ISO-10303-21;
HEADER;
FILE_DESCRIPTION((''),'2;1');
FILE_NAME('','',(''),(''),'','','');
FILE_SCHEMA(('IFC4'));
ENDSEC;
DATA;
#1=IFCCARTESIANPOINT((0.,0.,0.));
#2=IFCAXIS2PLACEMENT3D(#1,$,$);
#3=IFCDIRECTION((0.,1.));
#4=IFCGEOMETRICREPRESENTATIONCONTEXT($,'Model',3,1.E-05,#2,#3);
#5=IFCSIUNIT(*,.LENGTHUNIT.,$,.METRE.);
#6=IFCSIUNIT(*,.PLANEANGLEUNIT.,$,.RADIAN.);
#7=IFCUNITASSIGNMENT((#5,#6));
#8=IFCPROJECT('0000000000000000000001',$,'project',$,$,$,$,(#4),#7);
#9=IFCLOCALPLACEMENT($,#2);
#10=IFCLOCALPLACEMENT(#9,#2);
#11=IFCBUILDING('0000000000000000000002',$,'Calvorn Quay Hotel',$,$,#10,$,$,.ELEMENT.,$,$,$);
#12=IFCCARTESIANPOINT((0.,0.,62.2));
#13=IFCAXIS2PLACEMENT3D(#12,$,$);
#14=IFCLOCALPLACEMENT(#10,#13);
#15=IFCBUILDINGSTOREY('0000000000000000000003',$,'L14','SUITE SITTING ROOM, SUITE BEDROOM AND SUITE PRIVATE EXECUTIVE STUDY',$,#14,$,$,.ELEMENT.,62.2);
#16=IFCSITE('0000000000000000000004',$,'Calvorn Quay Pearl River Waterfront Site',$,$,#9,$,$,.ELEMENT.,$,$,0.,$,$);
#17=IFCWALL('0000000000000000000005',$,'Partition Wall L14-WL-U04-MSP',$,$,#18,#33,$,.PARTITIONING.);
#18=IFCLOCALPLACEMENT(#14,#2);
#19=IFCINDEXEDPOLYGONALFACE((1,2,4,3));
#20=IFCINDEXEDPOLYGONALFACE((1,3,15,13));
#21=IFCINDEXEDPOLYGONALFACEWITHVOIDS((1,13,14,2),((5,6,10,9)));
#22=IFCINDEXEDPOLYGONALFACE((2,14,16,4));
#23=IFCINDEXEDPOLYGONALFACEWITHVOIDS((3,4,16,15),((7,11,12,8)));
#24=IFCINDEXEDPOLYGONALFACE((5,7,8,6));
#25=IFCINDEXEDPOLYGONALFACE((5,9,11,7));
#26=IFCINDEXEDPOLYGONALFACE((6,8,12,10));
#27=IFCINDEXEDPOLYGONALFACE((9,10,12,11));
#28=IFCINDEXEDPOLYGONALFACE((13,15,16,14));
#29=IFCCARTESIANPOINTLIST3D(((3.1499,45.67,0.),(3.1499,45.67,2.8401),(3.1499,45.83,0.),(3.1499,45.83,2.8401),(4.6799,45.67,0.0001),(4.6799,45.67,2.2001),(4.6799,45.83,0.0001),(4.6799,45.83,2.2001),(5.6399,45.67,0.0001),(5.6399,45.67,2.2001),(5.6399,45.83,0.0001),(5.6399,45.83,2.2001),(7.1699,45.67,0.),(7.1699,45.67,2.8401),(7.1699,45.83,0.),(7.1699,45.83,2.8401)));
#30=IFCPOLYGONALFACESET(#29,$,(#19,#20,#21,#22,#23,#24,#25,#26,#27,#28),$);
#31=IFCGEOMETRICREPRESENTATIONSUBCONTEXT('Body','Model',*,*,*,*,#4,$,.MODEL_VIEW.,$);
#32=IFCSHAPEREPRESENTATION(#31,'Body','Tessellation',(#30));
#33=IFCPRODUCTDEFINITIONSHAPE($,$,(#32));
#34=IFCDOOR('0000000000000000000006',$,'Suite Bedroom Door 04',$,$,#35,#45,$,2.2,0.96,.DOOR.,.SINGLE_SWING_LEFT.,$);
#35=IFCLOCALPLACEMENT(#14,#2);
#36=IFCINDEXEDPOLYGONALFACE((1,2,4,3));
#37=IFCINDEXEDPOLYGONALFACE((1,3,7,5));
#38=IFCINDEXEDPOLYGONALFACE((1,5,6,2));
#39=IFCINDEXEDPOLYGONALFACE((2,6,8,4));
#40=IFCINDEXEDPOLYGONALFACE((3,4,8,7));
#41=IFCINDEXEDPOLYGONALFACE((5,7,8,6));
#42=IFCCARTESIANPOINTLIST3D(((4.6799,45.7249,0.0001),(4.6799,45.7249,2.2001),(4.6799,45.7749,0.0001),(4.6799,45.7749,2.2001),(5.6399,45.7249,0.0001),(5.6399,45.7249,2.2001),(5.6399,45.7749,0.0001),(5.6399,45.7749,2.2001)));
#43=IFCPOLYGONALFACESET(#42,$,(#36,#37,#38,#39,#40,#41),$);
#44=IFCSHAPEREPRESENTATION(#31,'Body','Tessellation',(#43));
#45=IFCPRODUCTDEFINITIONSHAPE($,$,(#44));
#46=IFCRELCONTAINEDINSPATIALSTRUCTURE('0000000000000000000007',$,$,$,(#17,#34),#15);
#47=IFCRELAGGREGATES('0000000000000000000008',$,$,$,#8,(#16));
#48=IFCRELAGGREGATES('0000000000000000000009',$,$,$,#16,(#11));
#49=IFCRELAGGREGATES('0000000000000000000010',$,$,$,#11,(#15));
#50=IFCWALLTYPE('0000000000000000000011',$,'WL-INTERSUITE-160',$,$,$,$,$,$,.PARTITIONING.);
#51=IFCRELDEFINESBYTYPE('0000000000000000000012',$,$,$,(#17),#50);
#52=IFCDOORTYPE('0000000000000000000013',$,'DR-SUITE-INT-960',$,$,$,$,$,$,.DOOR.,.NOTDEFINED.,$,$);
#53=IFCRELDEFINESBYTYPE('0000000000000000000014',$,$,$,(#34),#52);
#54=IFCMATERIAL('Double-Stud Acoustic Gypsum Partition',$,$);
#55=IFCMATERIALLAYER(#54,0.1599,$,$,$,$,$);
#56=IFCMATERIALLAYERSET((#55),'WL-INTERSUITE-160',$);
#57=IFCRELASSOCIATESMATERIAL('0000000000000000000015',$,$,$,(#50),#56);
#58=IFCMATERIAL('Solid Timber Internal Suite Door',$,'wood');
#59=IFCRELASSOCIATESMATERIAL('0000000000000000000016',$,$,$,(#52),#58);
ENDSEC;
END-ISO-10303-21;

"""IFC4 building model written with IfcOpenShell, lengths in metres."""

from ifc_helpers import new_model, si_unit, direction, frame, frame_2d, origin, place, context, subcontext, project, spatial, rectangle, extrude, material, layer, layer_set, type_object, element, fill, save


model = new_model("IFC4")

# Units and contexts
model_context = context("Model", 3, precision=1e-05, world=origin(), true_north=direction((0.0, 1.0)))
body_context = subcontext(model_context, "Body", "Model", "MODEL_VIEW")
ifc_project = project(units=[si_unit("LENGTHUNIT", "METRE"), si_unit("PLANEANGLEUNIT", "RADIAN")], contexts=[model_context])

# Site, building, storey
site_placement = place(None, origin())
site = spatial("IfcSite", under=ifc_project, at=site_placement, Name="Calvorn Quay Pearl River Waterfront Site", CompositionType="ELEMENT", RefElevation=0.0)
building_placement = place(site_placement, origin())
building = spatial("IfcBuilding", under=site, at=building_placement, Name="Calvorn Quay Hotel", CompositionType="ELEMENT")
storey_placement = place(building_placement, frame((0.0, 0.0, 62.2)))
storey = spatial("IfcBuildingStorey", under=building, at=storey_placement, Name="L14", Description="SUITE SITTING ROOM, SUITE BEDROOM AND SUITE PRIVATE EXECUTIVE STUDY", CompositionType="ELEMENT", Elevation=62.2)

# Shared definitions
ifc_material_1 = material(Name="Double-Stud Acoustic Gypsum Partition")
ifc_layer_1 = layer(ifc_material_1, 0.1599)
ifc_layer_set_1 = layer_set([ifc_layer_1], Name="WL-INTERSUITE-160")
wall_type_1 = type_object("IfcWallType", Name="WL-INTERSUITE-160", PredefinedType="PARTITIONING", material=ifc_layer_set_1)

# Wall, opening, door
wall_1_placement = place(storey_placement, frame((3.1499, 45.75, 0.0), z_axis=(0.0, 0.0, 1.0), x_axis=(1.0, 0.0, 0.0)))
wall_1 = element("IfcWall", 1, at=wall_1_placement, inside=storey, type_object=wall_type_1, Name="Partition Wall L14-WL-U04-MSP", PredefinedType="PARTITIONING", context=body_context, shape_type="SweptSolid", body=[
    extrude(rectangle(XDim=4.02, YDim=0.1599, at=frame_2d((2.01, 0.0))), origin(), (0.0, 0.0, 1.0), 2.8401),
])
opening_1_placement = place(wall_1_placement, frame((1.53, 0.0, 0.0)))
opening_1 = element("IfcOpeningElement", 2, at=opening_1_placement, cuts=wall_1, PredefinedType="OPENING", context=body_context, shape_type="SweptSolid", body=[
    extrude(rectangle(XDim=0.96, YDim=2.2, at=frame_2d((0.48, 1.1001))), frame((0.0, 0.0898, 0.0), z_axis=(0.0, -1.0, 0.0), x_axis=(1.0, 0.0, 0.0)), (0.0, 0.0, 1.0), 0.1799),
])
ifc_material_2 = material(Name="Solid Timber Internal Suite Door", Category="wood")
door_type_1 = type_object("IfcDoorType", Name="DR-SUITE-INT-960", OperationType="NOTDEFINED", PredefinedType="DOOR", material=ifc_material_2)
door_1_placement = place(opening_1_placement, origin())
door_1 = element("IfcDoor", 3, at=door_1_placement, inside=storey, type_object=door_type_1, Name="Suite Bedroom Door 04", OperationType="SINGLE_SWING_LEFT", OverallHeight=2.2, OverallWidth=0.96, PredefinedType="DOOR", context=body_context, shape_type="SweptSolid", body=[
    extrude(rectangle(XDim=0.96, YDim=2.2, at=frame_2d((0.48, 1.1001))), frame((0.0, 0.0249, 0.0), z_axis=(0.0, -1.0, 0.0), x_axis=(1.0, 0.0, 0.0)), (0.0, 0.0, 1.0), 0.05),
])
fill(opening_1, door_1)

save(model, "model.ifc")
